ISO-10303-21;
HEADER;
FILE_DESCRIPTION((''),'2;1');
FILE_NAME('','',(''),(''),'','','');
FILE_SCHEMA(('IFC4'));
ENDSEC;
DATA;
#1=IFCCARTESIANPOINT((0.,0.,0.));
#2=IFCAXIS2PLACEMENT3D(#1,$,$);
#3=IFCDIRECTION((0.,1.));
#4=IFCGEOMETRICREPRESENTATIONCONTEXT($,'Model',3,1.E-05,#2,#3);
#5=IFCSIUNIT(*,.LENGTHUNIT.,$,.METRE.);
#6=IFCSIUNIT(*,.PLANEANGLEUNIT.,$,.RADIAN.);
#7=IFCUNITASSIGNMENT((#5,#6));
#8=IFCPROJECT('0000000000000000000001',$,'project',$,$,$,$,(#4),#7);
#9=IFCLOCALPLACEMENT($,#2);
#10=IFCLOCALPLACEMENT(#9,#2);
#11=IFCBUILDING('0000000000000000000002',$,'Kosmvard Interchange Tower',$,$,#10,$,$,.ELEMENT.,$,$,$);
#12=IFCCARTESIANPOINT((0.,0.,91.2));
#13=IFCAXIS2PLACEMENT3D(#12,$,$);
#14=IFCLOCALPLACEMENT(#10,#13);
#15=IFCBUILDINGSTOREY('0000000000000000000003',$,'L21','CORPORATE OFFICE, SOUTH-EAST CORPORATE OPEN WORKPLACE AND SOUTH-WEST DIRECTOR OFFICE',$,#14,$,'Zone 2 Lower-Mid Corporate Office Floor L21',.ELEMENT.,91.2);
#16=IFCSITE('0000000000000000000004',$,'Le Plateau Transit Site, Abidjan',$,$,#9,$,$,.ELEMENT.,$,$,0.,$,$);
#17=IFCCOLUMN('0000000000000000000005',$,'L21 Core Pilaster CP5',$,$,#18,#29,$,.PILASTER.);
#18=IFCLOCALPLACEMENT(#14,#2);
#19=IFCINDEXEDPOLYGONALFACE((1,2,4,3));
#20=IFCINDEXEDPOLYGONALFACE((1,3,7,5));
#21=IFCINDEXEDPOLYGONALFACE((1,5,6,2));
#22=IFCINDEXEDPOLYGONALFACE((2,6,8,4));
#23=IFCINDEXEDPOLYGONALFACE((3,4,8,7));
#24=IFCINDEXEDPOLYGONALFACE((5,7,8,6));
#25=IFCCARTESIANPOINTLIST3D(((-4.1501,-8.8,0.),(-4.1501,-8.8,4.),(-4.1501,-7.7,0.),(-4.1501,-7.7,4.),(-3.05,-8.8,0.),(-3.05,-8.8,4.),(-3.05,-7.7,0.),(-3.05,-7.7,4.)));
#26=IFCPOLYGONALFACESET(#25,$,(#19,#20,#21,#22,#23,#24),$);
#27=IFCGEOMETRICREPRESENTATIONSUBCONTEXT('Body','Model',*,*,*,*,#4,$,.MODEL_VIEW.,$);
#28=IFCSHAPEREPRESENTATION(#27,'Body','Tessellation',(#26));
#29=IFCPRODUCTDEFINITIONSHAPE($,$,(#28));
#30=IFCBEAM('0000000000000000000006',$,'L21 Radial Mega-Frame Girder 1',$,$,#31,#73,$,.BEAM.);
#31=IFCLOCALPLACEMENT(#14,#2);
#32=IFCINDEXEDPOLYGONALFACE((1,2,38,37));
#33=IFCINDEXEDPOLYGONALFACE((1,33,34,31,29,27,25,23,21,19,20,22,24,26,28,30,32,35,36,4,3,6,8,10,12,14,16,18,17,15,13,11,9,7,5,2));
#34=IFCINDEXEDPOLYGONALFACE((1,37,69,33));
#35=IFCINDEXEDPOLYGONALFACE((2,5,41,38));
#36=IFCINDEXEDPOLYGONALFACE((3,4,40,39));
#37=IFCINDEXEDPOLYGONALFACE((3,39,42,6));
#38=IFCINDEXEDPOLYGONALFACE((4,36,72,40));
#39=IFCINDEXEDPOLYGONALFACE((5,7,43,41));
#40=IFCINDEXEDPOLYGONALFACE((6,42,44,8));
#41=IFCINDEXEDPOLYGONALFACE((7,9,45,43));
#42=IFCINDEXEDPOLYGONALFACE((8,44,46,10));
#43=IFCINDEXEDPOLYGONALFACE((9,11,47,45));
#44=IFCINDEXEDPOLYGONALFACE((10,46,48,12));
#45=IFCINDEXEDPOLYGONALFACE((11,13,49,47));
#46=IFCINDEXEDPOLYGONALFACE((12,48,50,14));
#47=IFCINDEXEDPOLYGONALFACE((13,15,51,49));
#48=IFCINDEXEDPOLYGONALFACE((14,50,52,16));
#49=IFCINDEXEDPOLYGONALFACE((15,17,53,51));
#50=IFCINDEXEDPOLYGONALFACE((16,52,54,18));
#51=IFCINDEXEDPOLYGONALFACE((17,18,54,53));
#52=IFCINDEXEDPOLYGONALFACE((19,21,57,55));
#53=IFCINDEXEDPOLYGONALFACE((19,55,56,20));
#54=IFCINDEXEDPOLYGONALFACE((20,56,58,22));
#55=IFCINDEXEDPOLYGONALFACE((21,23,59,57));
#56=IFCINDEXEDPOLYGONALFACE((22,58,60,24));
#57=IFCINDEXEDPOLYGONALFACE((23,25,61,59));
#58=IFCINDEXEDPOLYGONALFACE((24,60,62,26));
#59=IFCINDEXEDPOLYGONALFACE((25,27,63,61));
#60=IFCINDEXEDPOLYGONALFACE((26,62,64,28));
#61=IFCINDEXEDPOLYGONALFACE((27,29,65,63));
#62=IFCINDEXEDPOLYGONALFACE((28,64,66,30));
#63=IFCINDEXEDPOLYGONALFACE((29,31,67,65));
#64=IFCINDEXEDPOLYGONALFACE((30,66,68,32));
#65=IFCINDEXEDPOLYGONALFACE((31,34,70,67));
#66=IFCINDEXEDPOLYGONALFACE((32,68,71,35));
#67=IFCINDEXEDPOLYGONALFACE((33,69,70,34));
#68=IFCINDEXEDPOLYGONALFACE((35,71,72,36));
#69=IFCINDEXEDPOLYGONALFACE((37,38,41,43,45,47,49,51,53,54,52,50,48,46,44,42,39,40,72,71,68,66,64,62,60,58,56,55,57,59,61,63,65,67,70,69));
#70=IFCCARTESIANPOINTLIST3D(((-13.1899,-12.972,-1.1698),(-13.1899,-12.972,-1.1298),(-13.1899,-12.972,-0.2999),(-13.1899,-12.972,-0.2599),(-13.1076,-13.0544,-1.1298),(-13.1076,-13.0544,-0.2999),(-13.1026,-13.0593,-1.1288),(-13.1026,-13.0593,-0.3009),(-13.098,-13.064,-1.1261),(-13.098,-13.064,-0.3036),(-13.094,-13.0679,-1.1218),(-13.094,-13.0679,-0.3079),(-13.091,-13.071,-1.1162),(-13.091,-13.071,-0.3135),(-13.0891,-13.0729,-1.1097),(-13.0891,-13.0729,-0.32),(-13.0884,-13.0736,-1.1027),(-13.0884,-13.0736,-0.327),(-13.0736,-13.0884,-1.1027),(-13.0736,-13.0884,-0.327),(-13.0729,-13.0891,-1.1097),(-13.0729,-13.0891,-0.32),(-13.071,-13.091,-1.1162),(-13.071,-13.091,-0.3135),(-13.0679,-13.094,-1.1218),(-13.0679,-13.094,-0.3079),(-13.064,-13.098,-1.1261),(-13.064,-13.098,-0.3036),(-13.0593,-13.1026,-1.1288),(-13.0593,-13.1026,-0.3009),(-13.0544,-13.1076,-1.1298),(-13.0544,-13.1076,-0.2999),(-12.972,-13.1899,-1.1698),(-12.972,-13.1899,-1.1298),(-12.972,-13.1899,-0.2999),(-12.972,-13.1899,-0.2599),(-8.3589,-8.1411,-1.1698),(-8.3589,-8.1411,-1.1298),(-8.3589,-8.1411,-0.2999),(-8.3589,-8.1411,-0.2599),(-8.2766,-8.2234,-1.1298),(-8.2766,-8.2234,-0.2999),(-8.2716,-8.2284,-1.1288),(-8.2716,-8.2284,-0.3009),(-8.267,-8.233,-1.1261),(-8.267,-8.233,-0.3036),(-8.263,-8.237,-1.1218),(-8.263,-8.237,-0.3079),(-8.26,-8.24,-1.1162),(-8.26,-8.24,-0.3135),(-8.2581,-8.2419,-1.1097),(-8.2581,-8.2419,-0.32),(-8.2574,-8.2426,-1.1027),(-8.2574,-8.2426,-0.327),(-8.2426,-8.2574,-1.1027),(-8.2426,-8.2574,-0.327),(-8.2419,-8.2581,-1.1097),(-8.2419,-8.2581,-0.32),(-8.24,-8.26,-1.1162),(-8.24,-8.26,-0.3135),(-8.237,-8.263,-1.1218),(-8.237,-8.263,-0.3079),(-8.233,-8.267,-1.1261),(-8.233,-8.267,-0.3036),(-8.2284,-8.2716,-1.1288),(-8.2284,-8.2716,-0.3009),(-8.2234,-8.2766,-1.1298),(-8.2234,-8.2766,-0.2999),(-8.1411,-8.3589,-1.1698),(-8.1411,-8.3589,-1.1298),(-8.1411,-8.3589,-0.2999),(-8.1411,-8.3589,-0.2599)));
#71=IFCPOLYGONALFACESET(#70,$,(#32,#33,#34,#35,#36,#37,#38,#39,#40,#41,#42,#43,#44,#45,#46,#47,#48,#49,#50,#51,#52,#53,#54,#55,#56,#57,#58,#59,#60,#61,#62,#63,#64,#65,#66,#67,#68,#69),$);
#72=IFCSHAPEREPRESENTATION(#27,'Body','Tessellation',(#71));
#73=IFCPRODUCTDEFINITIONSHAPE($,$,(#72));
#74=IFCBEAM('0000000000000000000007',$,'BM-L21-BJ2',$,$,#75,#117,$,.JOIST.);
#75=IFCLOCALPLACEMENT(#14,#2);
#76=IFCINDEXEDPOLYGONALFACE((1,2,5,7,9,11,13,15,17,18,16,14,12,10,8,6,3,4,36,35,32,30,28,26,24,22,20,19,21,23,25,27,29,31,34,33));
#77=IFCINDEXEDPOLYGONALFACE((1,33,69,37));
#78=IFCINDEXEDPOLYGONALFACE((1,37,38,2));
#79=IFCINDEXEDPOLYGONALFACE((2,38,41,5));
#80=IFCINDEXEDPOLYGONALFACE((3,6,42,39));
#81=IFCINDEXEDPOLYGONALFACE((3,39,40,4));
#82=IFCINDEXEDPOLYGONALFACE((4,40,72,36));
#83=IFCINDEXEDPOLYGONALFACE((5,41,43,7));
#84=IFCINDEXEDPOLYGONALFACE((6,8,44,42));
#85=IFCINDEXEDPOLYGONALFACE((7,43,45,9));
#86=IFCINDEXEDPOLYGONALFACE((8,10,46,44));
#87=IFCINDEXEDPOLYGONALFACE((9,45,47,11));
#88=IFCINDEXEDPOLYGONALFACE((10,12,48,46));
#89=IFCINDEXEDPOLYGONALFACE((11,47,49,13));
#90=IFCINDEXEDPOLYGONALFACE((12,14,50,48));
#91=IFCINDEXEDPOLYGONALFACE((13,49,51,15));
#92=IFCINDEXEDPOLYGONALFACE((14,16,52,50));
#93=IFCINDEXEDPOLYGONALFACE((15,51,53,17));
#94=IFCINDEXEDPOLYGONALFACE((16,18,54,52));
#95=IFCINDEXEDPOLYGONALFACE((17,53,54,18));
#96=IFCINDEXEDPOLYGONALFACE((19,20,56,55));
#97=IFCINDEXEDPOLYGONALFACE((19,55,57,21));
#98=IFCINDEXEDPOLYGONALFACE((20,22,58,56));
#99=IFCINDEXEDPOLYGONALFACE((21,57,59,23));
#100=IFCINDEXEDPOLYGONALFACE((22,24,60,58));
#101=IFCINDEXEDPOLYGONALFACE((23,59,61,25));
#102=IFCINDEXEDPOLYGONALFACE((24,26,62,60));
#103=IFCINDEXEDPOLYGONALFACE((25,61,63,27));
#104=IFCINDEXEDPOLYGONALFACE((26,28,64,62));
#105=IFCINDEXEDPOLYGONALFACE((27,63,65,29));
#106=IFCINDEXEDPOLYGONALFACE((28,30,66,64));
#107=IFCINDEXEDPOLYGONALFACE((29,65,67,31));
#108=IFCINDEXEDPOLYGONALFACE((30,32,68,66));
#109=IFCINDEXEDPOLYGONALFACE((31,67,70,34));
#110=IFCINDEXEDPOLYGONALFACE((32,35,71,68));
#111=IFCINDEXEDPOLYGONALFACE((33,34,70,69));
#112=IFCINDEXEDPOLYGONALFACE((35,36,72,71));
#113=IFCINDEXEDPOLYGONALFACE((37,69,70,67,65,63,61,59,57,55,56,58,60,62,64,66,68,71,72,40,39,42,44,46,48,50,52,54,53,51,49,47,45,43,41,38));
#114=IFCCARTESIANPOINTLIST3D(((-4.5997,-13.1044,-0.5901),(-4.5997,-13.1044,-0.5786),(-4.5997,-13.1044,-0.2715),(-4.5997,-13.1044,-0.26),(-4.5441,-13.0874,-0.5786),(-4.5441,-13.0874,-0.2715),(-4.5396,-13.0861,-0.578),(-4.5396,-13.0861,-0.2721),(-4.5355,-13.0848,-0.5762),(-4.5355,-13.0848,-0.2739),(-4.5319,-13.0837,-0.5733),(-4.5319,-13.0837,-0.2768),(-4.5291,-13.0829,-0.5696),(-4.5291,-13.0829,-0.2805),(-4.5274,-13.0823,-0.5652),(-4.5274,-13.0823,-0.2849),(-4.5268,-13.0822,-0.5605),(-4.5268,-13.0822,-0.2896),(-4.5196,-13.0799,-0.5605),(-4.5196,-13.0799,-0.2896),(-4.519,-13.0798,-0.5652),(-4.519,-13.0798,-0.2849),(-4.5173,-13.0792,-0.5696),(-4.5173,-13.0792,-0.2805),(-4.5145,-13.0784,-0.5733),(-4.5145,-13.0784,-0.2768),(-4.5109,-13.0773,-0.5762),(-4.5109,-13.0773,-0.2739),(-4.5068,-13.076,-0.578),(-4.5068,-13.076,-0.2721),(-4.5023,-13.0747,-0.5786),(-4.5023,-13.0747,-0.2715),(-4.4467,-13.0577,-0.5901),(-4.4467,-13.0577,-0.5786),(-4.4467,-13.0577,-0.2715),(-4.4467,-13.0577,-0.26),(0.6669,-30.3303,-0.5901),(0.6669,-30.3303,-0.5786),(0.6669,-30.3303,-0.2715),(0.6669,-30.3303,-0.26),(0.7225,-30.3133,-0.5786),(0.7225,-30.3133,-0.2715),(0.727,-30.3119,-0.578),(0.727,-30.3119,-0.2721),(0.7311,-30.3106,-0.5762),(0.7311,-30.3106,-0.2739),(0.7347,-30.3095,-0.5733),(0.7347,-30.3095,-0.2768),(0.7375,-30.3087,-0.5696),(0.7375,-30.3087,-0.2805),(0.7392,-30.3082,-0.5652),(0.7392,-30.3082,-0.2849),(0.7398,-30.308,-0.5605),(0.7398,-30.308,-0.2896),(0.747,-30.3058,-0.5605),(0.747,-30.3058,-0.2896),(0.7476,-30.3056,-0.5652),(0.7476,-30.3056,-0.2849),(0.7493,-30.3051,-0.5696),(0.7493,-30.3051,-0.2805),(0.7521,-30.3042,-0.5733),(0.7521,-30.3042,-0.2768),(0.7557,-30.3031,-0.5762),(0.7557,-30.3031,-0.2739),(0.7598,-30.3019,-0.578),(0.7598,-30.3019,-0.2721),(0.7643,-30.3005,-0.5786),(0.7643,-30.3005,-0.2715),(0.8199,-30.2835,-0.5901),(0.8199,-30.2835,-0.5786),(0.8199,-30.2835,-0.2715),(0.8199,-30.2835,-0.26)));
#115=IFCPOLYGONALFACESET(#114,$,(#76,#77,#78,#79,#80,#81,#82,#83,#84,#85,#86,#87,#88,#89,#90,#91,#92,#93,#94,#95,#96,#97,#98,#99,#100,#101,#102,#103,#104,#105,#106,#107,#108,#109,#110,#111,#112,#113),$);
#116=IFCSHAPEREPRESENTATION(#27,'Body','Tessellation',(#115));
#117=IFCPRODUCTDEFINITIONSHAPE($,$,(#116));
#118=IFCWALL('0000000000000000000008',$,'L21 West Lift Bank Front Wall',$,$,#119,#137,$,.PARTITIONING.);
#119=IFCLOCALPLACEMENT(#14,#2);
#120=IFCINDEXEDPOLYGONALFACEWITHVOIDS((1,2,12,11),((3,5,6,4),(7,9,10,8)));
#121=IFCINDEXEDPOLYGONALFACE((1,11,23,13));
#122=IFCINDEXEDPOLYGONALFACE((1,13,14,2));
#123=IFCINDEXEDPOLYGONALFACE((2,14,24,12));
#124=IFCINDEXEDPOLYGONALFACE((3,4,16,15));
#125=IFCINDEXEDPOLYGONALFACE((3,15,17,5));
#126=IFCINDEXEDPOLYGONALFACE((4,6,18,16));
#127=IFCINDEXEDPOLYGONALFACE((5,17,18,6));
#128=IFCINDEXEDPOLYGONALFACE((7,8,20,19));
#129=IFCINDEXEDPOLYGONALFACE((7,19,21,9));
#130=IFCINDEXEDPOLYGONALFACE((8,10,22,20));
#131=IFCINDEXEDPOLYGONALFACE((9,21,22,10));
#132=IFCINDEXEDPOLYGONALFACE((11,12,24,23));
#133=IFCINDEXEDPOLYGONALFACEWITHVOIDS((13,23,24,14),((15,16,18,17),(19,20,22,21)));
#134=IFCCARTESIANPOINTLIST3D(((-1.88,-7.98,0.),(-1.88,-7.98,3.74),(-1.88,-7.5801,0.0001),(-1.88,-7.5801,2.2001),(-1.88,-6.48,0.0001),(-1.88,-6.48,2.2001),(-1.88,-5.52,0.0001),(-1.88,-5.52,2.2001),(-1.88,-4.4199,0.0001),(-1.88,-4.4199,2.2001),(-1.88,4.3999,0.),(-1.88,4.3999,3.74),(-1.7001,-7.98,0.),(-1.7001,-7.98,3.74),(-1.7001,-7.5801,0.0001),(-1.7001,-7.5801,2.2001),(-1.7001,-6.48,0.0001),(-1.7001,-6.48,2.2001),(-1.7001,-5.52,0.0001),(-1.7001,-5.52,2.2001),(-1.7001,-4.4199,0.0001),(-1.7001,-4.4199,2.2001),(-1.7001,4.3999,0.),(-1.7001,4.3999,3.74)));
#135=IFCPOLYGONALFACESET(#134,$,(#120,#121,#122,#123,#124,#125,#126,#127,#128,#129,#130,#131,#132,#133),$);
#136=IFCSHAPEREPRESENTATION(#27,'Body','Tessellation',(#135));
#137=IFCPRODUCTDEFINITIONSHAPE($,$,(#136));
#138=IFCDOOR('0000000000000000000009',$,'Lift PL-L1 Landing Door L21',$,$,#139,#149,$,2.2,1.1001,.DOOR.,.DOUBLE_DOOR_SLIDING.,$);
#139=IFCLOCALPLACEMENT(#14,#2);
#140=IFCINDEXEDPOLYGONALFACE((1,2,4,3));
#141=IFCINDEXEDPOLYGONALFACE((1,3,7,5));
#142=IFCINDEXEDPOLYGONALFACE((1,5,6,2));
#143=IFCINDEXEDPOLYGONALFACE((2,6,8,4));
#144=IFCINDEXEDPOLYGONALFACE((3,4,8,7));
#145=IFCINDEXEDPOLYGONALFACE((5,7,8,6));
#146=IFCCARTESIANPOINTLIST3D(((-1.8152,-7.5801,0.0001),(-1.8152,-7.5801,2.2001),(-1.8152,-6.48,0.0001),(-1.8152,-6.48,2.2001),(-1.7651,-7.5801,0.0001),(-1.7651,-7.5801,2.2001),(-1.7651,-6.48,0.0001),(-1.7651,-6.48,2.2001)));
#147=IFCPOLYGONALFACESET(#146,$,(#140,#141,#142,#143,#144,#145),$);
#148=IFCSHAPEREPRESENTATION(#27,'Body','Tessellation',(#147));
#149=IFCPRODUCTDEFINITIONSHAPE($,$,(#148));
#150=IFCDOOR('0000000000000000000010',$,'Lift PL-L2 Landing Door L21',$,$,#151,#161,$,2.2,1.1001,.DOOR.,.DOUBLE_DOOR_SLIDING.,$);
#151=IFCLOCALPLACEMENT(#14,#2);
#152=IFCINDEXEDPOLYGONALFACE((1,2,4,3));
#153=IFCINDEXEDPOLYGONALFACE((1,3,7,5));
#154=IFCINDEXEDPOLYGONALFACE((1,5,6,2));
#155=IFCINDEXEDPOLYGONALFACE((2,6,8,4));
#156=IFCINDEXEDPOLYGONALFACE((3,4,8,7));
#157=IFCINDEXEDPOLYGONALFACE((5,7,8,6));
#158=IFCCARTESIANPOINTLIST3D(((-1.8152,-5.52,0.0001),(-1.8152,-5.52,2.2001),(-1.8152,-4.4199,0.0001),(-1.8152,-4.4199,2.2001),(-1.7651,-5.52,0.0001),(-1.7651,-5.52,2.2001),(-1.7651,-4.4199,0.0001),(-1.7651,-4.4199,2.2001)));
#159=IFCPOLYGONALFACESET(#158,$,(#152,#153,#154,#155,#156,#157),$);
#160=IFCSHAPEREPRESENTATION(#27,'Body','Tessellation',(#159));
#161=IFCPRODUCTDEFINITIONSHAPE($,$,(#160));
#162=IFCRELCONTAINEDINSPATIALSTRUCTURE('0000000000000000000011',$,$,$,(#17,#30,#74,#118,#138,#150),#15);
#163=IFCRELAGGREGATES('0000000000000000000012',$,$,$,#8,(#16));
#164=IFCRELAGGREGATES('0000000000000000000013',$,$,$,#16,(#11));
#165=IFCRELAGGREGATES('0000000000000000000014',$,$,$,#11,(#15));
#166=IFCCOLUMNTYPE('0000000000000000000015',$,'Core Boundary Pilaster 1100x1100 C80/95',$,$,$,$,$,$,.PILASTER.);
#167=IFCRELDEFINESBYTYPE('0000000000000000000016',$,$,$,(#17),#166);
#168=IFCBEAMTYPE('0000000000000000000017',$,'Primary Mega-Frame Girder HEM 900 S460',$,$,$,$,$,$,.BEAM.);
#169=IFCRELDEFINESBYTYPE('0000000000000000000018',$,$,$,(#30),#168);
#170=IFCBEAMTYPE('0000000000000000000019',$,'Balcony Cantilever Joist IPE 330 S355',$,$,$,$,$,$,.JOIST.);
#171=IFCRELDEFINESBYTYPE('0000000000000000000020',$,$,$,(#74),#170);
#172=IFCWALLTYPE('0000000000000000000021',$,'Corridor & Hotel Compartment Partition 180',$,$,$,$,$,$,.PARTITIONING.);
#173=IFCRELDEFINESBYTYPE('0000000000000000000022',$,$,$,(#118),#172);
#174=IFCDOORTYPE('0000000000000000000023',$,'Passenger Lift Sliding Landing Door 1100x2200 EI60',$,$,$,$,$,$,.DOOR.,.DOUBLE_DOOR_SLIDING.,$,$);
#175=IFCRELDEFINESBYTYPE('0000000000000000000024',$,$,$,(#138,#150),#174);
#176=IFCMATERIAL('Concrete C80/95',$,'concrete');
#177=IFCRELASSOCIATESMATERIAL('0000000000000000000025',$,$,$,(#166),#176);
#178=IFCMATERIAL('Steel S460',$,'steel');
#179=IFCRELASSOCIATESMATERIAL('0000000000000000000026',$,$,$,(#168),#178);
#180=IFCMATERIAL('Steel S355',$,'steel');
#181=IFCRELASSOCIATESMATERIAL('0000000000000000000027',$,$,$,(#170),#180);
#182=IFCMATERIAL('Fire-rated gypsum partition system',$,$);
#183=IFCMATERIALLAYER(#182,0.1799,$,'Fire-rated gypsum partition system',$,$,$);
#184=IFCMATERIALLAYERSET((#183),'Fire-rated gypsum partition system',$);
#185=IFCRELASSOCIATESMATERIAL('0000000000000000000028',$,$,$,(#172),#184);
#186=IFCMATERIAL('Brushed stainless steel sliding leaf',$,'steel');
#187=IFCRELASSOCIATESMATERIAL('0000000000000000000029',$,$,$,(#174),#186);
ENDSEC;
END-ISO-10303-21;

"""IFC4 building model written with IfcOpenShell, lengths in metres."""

from ifc_helpers import new_model, si_unit, direction, frame, frame_2d, origin, origin_2d, place, context, subcontext, project, spatial, rectangle, i_section, extrude, source, transform, mapped, material, layer, layer_set, material_profile, profile_set, type_object, element, fill, save


model = new_model("IFC4")

# Units and contexts
model_context = context("Model", 3, precision=1e-05, world=origin(), true_north=direction((0.0, 1.0)))
body_context = subcontext(model_context, "Body", "Model", "MODEL_VIEW")
ifc_project = project(units=[si_unit("LENGTHUNIT", "METRE"), si_unit("PLANEANGLEUNIT", "RADIAN")], contexts=[model_context])

# Site, building, storey
site_placement = place(None, origin())
site = spatial("IfcSite", under=ifc_project, at=site_placement, Name="Le Plateau Transit Site, Abidjan", CompositionType="ELEMENT", RefElevation=0.0)
building_placement = place(site_placement, origin())
building = spatial("IfcBuilding", under=site, at=building_placement, Name="Kosmvard Interchange Tower", CompositionType="ELEMENT")
storey_placement = place(building_placement, frame((0.0, 0.0, 91.2)))
storey = spatial("IfcBuildingStorey", under=building, at=storey_placement, Name="L21", Description="CORPORATE OFFICE, SOUTH-EAST CORPORATE OPEN WORKPLACE AND SOUTH-WEST DIRECTOR OFFICE", LongName="Zone 2 Lower-Mid Corporate Office Floor L21", CompositionType="ELEMENT", Elevation=91.2)

# Column
ifc_material_1 = material(Name="Concrete C80/95", Category="concrete")
ifc_material_profile_1 = material_profile(ifc_material_1, rectangle(XDim=1.1001, YDim=1.1001, at=origin_2d()), Name="CP 1100x1100")
ifc_profile_set_1 = profile_set([ifc_material_profile_1], Name="Concrete C80/95")
column_type = type_object("IfcColumnType", Name="Core Boundary Pilaster 1100x1100 C80/95", PredefinedType="PILASTER", material=ifc_profile_set_1)
shared_shape_1 = source(origin(), body_context, "Body", "SweptSolid", [
    extrude(rectangle(XDim=1.1001, YDim=1.1001, at=origin_2d()), origin(), (0.0, 0.0, 1.0), 4.0),
])
column_placement = place(storey_placement, frame((-3.6001, -8.25, 0.0), z_axis=(0.0, 0.0, 1.0), x_axis=(1.0, 0.0, 0.0)))
element("IfcColumn", 1, at=column_placement, inside=storey, type_object=column_type, Name="L21 Core Pilaster CP5", PredefinedType="PILASTER", context=body_context, shape_type="MappedRepresentation", body=[
    mapped(shared_shape_1, transform((0.0, 0.0, 0.0), scale=1.0)),
])

# Beams
ifc_material_2 = material(Name="Steel S460", Category="steel")
ifc_material_profile_2 = material_profile(ifc_material_2, i_section(OverallWidth=0.3081, OverallDepth=0.9099, WebThickness=0.021, FlangeThickness=0.04, FilletRadius=0.0271, at=origin_2d()), Name="HEM 900")
ifc_profile_set_2 = profile_set([ifc_material_profile_2], Name="Steel S460")
beam_type_1 = type_object("IfcBeamType", Name="Primary Mega-Frame Girder HEM 900 S460", PredefinedType="BEAM", material=ifc_profile_set_2)
shared_shape_2 = source(origin(), body_context, "Body", "SweptSolid", [
    extrude(i_section(OverallWidth=0.3081, OverallDepth=0.9099, WebThickness=0.021, FlangeThickness=0.04, FilletRadius=0.0271, at=origin_2d()), origin(), (0.0, 0.0, 1.0), 6.832),
])
beam_1_placement = place(storey_placement, frame((-8.25, -8.25, -0.7148), z_axis=(-0.707107, -0.707107, 0.0), x_axis=(0.707107, -0.707107, 0.0)))
element("IfcBeam", 2, at=beam_1_placement, inside=storey, type_object=beam_type_1, Name="L21 Radial Mega-Frame Girder 1", PredefinedType="BEAM", context=body_context, shape_type="MappedRepresentation", body=[
    mapped(shared_shape_2, transform((0.0, 0.0, 0.0), scale=1.0)),
])
ifc_material_3 = material(Name="Steel S355", Category="steel")
ifc_material_profile_3 = material_profile(ifc_material_3, i_section(OverallWidth=0.1599, OverallDepth=0.3301, WebThickness=0.0076, FlangeThickness=0.0115, FilletRadius=0.0181, at=origin_2d()), Name="IPE 330")
ifc_profile_set_3 = profile_set([ifc_material_profile_3], Name="Steel S355")
beam_type_2 = type_object("IfcBeamType", Name="Balcony Cantilever Joist IPE 330 S355", PredefinedType="JOIST", material=ifc_profile_set_3)
shared_shape_3 = source(origin(), body_context, "Body", "SweptSolid", [
    extrude(i_section(OverallWidth=0.1599, OverallDepth=0.3301, WebThickness=0.0076, FlangeThickness=0.0115, FilletRadius=0.0181, at=origin_2d()), origin(), (0.0, 0.0, 1.0), 18.0129),
])
beam_2_placement = place(storey_placement, frame((-4.5232, -13.0811, -0.425), z_axis=(0.292379, -0.956303, 0.0), x_axis=(0.956303, 0.292379, 0.0)))
element("IfcBeam", 3, at=beam_2_placement, inside=storey, type_object=beam_type_2, Name="BM-L21-BJ2", PredefinedType="JOIST", context=body_context, shape_type="MappedRepresentation", body=[
    mapped(shared_shape_3, transform((0.0, 0.0, 0.0), scale=1.0)),
])

# Wall, openings, doors
ifc_material_4 = material(Name="Fire-rated gypsum partition system")
ifc_layer_1 = layer(ifc_material_4, 0.1799, Name="Fire-rated gypsum partition system")
ifc_layer_set_1 = layer_set([ifc_layer_1], Name="Fire-rated gypsum partition system")
wall_type_1 = type_object("IfcWallType", Name="Corridor & Hotel Compartment Partition 180", PredefinedType="PARTITIONING", material=ifc_layer_set_1)
wall_1_placement = place(storey_placement, frame((-1.79, -7.98, 0.0), z_axis=(0.0, 0.0, 1.0), x_axis=(0.0, 1.0, 0.0)))
wall_1 = element("IfcWall", 4, at=wall_1_placement, inside=storey, type_object=wall_type_1, Name="L21 West Lift Bank Front Wall", PredefinedType="PARTITIONING", context=body_context, shape_type="SweptSolid", body=[
    extrude(rectangle(XDim=12.3799, YDim=0.1799, at=frame_2d((6.1899, 0.0))), origin(), (0.0, 0.0, 1.0), 3.74),
])
opening_1_placement = place(wall_1_placement, frame((0.3999, 0.0, 0.0)))
opening_1 = element("IfcOpeningElement", 5, at=opening_1_placement, cuts=wall_1, PredefinedType="OPENING", context=body_context, shape_type="SweptSolid", body=[
    extrude(rectangle(XDim=1.1001, YDim=2.2, at=frame_2d((0.55, 1.1001))), frame((0.0, 0.1001, 0.0), z_axis=(0.0, -1.0, 0.0), x_axis=(1.0, 0.0, 0.0)), (0.0, 0.0, 1.0), 0.2),
])
opening_2_placement = place(wall_1_placement, frame((2.46, 0.0, 0.0)))
opening_2 = element("IfcOpeningElement", 6, at=opening_2_placement, cuts=wall_1, PredefinedType="OPENING", context=body_context, shape_type="SweptSolid", body=[
    extrude(rectangle(XDim=1.1001, YDim=2.2, at=frame_2d((0.55, 1.1001))), frame((0.0, 0.1001, 0.0), z_axis=(0.0, -1.0, 0.0), x_axis=(1.0, 0.0, 0.0)), (0.0, 0.0, 1.0), 0.2),
])
ifc_material_5 = material(Name="Brushed stainless steel sliding leaf", Category="steel")
door_type_1 = type_object("IfcDoorType", Name="Passenger Lift Sliding Landing Door 1100x2200 EI60", OperationType="DOUBLE_DOOR_SLIDING", PredefinedType="DOOR", material=ifc_material_5)
shared_shape_4 = source(origin(), body_context, "Body", "SweptSolid", [
    extrude(rectangle(XDim=1.1001, YDim=2.2, at=frame_2d((0.55, 1.1001))), frame((0.0, 0.0249, 0.0), z_axis=(0.0, -1.0, 0.0), x_axis=(1.0, 0.0, 0.0)), (0.0, 0.0, 1.0), 0.05),
])
door_1_placement = place(opening_1_placement, frame((1.1001, 0.0, 0.0), z_axis=(0.0, 0.0, 1.0), x_axis=(-1.0, 0.0, 0.0)))
door_1 = element("IfcDoor", 7, at=door_1_placement, inside=storey, type_object=door_type_1, Name="Lift PL-L1 Landing Door L21", OperationType="DOUBLE_DOOR_SLIDING", OverallHeight=2.2, OverallWidth=1.1001, PredefinedType="DOOR", context=body_context, shape_type="MappedRepresentation", body=[
    mapped(shared_shape_4, transform((0.0, 0.0, 0.0), scale=1.0)),
])
fill(opening_1, door_1)
door_2_placement = place(opening_2_placement, frame((1.1001, 0.0, 0.0), z_axis=(0.0, 0.0, 1.0), x_axis=(-1.0, 0.0, 0.0)))
door_2 = element("IfcDoor", 8, at=door_2_placement, inside=storey, type_object=door_type_1, Name="Lift PL-L2 Landing Door L21", OperationType="DOUBLE_DOOR_SLIDING", OverallHeight=2.2, OverallWidth=1.1001, PredefinedType="DOOR", context=body_context, shape_type="MappedRepresentation", body=[
    mapped(shared_shape_4, transform((0.0, 0.0, 0.0), scale=1.0)),
])
fill(opening_2, door_2)

save(model, "model.ifc")
